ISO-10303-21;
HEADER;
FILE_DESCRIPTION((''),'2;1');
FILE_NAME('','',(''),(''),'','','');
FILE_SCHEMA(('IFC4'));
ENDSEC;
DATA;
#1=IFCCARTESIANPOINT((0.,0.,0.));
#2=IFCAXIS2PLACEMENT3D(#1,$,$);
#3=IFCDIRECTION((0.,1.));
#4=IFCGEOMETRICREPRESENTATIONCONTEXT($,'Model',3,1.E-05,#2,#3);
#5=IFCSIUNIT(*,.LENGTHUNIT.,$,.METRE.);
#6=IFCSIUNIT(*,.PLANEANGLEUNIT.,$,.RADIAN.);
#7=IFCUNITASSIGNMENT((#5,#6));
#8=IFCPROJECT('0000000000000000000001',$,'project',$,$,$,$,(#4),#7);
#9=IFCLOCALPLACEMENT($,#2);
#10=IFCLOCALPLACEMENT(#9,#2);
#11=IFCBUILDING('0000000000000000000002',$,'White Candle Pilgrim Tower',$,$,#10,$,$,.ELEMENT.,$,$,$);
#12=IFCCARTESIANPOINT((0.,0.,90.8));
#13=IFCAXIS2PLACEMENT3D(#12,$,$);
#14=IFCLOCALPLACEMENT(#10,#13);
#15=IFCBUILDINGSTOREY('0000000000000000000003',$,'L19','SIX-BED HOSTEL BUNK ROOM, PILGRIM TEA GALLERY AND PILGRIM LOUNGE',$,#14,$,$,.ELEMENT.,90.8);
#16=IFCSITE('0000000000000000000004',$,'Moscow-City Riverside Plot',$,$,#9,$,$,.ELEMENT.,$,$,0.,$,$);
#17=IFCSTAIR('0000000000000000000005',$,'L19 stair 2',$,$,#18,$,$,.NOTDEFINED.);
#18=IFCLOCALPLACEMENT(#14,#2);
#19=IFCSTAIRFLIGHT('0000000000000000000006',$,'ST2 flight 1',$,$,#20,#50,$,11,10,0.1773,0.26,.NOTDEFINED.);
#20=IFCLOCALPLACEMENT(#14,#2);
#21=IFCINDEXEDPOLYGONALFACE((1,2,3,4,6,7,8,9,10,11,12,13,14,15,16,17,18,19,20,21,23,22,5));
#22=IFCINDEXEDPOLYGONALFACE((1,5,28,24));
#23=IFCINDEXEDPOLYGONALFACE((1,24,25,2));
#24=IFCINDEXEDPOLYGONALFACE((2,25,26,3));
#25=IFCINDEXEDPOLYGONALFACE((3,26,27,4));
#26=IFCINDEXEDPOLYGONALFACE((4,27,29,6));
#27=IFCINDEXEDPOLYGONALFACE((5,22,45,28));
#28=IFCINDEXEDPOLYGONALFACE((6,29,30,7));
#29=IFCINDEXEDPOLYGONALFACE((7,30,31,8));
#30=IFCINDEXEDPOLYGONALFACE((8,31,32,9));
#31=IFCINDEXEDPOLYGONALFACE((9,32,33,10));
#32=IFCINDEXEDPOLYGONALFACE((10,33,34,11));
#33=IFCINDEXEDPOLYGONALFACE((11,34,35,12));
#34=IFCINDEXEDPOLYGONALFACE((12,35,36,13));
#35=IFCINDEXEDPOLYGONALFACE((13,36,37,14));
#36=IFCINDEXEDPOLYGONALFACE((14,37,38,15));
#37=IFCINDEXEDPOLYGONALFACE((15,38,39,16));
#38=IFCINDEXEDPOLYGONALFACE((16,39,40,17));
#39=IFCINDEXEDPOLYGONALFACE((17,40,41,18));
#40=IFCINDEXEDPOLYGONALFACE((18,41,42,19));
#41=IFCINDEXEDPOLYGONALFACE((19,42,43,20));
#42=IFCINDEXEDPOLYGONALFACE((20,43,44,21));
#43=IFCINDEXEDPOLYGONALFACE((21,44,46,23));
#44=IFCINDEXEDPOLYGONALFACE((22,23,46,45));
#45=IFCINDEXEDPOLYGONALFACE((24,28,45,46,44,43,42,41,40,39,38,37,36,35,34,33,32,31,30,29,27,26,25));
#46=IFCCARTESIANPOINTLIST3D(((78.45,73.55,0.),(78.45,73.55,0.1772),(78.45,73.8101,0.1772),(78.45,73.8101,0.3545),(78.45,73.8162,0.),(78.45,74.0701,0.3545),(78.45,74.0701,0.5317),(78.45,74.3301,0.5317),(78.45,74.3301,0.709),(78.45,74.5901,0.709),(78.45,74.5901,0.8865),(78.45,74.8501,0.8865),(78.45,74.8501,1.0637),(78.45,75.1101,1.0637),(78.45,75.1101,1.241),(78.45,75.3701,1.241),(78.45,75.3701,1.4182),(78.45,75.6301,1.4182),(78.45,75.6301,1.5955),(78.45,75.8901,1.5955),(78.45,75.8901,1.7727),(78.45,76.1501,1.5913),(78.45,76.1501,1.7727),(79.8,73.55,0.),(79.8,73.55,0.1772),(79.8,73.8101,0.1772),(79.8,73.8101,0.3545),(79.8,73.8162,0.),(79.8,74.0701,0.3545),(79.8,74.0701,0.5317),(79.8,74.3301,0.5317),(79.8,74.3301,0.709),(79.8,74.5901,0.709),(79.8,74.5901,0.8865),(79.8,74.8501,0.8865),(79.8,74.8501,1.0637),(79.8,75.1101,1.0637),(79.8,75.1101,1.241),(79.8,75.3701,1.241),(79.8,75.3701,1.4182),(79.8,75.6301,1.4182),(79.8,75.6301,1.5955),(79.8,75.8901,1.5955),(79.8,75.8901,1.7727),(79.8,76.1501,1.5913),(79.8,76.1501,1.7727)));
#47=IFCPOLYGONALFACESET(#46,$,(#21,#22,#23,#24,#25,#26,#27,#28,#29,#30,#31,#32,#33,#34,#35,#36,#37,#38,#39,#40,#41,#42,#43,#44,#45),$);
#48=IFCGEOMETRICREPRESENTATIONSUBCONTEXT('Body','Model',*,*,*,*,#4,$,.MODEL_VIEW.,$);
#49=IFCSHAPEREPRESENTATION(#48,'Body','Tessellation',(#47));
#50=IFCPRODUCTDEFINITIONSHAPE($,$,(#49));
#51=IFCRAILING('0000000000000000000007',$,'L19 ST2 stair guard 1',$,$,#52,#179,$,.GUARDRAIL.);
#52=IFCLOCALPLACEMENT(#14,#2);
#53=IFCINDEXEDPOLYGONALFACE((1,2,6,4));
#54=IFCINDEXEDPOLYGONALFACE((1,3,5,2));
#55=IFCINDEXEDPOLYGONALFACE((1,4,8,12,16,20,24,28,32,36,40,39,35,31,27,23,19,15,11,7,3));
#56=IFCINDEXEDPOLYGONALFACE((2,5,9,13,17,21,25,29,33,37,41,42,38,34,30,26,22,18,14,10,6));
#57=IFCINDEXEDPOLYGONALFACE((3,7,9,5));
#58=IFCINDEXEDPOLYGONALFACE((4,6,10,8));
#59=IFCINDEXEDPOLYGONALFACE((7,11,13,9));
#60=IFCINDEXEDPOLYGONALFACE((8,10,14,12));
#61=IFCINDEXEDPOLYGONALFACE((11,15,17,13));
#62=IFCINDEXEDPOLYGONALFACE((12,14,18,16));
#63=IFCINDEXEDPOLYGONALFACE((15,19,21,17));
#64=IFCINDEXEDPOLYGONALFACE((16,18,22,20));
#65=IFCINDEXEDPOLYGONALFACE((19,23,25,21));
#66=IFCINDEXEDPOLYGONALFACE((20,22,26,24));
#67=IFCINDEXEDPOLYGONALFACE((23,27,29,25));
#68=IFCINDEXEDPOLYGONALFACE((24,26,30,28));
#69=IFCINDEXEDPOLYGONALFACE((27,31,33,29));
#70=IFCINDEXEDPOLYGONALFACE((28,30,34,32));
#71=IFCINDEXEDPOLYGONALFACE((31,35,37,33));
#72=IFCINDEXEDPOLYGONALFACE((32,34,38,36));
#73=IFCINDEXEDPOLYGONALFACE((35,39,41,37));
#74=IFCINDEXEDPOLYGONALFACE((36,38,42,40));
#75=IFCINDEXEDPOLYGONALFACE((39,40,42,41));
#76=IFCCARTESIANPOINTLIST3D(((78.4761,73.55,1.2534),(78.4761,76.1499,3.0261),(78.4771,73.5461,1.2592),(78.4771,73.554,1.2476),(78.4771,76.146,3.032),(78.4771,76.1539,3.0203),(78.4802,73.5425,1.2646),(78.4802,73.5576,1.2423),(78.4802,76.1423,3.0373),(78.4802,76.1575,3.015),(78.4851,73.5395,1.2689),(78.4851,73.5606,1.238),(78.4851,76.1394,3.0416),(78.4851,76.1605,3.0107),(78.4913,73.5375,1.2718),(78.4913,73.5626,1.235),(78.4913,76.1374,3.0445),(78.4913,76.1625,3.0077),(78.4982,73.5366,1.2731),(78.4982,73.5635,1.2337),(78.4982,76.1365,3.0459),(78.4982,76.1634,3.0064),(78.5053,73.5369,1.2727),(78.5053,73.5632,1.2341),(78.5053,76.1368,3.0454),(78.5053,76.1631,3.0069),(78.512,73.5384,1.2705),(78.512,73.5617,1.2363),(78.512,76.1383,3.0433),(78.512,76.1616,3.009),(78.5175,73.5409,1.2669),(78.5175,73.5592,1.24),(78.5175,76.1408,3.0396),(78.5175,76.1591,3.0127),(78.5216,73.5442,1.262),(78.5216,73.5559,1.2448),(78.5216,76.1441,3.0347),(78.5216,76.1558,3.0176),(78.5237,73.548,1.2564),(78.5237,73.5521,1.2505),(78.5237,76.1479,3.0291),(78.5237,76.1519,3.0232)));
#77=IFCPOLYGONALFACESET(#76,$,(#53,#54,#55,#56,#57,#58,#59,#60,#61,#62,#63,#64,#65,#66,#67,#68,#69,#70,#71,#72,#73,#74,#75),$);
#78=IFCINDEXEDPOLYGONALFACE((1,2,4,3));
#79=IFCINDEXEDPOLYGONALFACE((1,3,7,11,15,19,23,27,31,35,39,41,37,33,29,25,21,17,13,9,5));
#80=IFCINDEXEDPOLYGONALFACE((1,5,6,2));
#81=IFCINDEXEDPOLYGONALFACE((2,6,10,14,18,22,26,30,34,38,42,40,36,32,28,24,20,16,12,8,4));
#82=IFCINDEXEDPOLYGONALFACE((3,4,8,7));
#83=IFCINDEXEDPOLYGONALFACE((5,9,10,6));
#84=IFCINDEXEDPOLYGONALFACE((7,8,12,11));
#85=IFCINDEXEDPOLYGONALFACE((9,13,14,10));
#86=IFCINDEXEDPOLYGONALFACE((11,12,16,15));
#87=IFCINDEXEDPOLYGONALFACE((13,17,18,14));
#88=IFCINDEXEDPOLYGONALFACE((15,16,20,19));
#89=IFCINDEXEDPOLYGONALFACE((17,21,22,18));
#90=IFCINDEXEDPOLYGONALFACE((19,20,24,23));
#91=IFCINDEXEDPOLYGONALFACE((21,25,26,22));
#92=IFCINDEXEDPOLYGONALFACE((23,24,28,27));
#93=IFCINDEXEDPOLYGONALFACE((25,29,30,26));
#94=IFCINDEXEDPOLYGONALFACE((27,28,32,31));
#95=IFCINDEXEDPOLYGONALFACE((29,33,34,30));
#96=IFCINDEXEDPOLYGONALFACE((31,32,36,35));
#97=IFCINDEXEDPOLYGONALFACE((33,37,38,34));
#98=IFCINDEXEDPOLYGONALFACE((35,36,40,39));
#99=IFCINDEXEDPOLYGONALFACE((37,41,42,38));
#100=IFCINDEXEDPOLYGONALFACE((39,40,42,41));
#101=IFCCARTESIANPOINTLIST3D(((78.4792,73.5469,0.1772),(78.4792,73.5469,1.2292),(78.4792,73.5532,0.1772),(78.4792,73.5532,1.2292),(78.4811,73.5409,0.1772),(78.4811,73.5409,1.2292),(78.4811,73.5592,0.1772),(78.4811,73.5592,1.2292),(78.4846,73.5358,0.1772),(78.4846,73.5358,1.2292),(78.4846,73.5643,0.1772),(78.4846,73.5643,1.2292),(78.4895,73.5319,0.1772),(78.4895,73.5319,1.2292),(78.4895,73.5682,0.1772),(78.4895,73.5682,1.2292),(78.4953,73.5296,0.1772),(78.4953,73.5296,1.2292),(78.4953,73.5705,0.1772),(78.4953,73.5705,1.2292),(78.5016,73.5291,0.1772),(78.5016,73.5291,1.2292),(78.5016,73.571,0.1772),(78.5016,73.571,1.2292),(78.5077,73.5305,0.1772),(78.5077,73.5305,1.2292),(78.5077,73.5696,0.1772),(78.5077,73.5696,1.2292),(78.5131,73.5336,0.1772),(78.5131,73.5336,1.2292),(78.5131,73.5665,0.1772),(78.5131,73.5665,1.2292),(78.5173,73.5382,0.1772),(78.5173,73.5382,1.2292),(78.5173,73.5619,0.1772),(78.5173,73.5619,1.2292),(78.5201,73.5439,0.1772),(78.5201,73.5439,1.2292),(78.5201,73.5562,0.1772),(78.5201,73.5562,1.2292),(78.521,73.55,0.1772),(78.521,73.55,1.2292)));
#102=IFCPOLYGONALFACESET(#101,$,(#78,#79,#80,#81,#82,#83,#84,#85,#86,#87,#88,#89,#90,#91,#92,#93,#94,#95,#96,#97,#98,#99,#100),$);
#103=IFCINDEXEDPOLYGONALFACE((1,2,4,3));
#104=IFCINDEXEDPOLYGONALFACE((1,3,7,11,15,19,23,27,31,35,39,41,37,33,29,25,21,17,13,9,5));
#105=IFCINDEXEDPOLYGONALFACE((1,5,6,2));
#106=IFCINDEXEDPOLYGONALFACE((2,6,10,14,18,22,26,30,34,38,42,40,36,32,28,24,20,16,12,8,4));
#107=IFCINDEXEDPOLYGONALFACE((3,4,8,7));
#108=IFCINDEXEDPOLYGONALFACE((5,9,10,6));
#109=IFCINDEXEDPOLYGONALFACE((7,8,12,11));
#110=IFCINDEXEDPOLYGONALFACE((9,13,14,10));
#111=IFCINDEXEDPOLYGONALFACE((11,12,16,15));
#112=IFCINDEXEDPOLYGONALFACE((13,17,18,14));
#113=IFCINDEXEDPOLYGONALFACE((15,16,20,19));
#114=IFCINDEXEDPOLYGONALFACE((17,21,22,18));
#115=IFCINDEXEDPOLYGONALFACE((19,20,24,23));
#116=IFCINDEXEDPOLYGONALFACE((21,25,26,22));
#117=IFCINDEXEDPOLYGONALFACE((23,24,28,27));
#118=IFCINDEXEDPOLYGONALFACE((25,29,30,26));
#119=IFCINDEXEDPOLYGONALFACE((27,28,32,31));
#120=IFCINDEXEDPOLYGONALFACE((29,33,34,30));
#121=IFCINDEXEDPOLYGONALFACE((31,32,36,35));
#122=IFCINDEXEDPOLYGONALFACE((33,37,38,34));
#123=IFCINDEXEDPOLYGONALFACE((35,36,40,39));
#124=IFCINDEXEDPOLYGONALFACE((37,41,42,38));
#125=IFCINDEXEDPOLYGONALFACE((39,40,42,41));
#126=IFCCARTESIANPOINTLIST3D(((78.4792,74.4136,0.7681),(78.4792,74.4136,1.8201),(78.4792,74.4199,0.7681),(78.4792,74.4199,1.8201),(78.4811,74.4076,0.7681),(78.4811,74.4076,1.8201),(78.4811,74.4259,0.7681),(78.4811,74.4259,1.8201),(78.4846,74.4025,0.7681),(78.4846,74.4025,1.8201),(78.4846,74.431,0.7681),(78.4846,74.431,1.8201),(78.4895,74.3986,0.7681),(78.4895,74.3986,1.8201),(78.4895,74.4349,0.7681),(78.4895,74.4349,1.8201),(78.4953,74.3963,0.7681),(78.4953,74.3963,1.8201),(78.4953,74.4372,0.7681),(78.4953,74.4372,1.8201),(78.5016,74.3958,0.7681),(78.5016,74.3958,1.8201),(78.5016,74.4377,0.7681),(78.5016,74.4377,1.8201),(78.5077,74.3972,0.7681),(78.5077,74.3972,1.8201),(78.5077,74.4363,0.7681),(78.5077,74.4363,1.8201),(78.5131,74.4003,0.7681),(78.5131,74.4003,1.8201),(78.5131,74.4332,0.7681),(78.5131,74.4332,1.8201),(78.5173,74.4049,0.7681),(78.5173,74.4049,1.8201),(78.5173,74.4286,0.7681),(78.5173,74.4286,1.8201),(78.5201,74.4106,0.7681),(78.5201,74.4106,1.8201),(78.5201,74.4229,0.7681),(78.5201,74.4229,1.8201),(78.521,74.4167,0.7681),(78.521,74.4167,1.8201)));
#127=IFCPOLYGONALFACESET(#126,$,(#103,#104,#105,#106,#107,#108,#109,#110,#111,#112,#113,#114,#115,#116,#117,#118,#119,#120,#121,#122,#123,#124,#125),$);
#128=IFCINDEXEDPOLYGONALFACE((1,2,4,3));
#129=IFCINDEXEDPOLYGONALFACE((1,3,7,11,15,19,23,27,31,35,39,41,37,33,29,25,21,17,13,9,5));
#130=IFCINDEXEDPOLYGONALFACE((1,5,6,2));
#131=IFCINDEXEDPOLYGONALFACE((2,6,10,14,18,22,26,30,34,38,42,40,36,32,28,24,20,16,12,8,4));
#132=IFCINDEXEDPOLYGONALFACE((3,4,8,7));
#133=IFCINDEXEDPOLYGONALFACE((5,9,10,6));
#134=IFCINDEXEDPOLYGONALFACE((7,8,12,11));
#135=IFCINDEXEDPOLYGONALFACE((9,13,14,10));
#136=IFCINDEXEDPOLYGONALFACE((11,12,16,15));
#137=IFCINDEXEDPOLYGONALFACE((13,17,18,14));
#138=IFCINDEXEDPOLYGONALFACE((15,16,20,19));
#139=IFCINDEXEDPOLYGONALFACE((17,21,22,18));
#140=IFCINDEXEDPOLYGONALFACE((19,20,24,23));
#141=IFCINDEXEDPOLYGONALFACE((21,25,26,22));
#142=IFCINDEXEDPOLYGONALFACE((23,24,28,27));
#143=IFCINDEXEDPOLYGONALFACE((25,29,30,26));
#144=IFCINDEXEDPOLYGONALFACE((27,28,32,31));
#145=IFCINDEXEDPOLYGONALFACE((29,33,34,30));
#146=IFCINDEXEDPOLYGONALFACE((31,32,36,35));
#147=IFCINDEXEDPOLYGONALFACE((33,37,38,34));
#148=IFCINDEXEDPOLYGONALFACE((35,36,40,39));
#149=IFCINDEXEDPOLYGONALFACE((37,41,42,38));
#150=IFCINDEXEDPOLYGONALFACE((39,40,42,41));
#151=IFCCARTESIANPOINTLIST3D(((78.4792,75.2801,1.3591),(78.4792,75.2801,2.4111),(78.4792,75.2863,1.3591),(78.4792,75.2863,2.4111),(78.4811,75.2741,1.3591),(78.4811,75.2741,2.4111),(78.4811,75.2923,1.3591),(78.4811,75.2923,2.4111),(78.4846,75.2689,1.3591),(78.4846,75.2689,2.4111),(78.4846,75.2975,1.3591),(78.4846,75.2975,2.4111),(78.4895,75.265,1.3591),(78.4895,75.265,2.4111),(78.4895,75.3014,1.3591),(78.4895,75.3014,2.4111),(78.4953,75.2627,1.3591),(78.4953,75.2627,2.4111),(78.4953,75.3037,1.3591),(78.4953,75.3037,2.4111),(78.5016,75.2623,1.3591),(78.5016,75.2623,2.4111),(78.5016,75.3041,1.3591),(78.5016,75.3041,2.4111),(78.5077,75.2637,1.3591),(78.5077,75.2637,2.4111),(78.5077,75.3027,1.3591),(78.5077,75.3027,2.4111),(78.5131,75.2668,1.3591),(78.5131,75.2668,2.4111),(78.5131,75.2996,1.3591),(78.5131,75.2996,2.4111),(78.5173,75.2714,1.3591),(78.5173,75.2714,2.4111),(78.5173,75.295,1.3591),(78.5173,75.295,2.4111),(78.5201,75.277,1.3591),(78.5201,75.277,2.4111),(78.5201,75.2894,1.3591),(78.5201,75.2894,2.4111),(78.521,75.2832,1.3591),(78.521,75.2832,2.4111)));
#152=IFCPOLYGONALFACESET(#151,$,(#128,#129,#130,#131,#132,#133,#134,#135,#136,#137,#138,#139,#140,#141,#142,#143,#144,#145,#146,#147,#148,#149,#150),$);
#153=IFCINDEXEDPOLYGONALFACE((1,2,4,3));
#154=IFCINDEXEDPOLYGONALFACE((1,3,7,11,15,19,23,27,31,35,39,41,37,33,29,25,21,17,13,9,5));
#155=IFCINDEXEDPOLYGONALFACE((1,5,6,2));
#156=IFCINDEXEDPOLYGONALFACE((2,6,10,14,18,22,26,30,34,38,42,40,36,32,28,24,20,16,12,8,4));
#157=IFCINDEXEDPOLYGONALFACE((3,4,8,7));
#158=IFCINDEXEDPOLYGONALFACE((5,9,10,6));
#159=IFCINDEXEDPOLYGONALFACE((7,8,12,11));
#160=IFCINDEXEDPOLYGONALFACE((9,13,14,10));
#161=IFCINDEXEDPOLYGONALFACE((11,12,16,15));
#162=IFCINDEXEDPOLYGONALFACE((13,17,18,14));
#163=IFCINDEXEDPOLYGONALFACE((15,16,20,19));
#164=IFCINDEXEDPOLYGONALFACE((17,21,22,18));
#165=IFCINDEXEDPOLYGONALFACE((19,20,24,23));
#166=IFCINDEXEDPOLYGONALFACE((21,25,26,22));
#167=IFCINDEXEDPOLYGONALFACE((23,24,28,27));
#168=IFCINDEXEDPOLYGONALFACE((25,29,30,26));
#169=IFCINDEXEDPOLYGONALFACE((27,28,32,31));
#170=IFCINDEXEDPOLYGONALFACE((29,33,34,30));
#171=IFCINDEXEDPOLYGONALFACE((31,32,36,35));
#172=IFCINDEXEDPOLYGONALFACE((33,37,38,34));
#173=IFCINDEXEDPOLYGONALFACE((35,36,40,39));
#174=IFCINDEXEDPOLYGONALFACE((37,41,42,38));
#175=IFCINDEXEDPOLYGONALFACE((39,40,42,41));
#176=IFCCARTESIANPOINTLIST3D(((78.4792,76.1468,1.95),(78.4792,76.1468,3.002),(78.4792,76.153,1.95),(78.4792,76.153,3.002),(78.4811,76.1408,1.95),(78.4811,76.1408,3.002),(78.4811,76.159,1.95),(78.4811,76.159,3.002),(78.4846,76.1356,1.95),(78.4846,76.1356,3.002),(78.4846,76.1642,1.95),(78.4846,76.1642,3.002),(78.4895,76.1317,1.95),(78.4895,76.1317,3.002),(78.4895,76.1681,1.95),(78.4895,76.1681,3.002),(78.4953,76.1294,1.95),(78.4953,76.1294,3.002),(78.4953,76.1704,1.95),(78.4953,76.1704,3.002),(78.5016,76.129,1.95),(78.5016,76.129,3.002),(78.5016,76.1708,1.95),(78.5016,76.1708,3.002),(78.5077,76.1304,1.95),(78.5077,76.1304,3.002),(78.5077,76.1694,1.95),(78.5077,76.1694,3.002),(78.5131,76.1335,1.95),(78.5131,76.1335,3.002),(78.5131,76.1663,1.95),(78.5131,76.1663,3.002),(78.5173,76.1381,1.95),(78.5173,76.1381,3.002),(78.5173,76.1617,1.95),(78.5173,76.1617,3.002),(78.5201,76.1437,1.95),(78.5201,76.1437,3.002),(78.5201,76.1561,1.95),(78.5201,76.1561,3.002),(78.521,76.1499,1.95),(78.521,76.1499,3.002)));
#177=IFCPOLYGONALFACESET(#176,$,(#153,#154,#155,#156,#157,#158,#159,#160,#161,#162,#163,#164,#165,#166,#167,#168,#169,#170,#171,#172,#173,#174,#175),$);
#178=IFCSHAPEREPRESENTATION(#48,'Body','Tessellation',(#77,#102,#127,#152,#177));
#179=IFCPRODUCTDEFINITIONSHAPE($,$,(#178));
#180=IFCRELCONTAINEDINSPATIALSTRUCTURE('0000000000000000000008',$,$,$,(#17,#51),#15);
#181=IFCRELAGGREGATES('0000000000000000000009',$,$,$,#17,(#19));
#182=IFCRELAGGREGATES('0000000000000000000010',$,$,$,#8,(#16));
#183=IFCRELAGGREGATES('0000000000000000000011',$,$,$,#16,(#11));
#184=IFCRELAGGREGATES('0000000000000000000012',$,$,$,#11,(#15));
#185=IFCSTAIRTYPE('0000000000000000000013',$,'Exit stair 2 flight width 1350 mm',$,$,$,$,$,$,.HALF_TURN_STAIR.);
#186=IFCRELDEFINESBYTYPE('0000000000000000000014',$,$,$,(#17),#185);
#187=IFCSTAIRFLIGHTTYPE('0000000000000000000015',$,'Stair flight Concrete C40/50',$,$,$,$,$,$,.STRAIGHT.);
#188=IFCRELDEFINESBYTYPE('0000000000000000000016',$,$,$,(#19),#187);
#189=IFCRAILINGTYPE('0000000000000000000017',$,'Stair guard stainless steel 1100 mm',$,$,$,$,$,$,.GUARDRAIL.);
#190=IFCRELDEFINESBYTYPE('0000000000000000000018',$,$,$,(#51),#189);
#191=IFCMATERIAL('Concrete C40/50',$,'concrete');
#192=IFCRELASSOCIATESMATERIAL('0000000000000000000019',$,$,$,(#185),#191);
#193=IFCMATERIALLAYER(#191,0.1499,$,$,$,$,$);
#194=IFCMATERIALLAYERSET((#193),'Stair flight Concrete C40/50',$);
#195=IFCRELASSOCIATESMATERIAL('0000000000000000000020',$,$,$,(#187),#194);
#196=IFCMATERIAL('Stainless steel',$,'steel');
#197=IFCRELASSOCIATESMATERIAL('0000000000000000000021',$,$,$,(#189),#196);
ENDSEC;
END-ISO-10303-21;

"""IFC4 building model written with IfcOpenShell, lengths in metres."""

from ifc_helpers import new_model, si_unit, direction, frame, origin, origin_2d, place, context, subcontext, project, spatial, polyline, circle, outline, extrude, material, layer, layer_set, type_object, element, aggregate, save


model = new_model("IFC4")

# Units and contexts
model_context = context("Model", 3, precision=1e-05, world=origin(), true_north=direction((0.0, 1.0)))
body_context = subcontext(model_context, "Body", "Model", "MODEL_VIEW")
ifc_project = project(units=[si_unit("LENGTHUNIT", "METRE"), si_unit("PLANEANGLEUNIT", "RADIAN")], contexts=[model_context])

# Site, building, storey
site_placement = place(None, origin())
site = spatial("IfcSite", under=ifc_project, at=site_placement, Name="Moscow-City Riverside Plot", CompositionType="ELEMENT", RefElevation=0.0)
building_placement = place(site_placement, origin())
building = spatial("IfcBuilding", under=site, at=building_placement, Name="White Candle Pilgrim Tower", CompositionType="ELEMENT")
storey_placement = place(building_placement, frame((0.0, 0.0, 90.8)))
storey = spatial("IfcBuildingStorey", under=building, at=storey_placement, Name="L19", Description="SIX-BED HOSTEL BUNK ROOM, PILGRIM TEA GALLERY AND PILGRIM LOUNGE", CompositionType="ELEMENT", Elevation=90.8)

# Stair, stair flight
ifc_material_1 = material(Name="Concrete C40/50", Category="concrete")
stair_type = type_object("IfcStairType", Name="Exit stair 2 flight width 1350 mm", PredefinedType="HALF_TURN_STAIR", material=ifc_material_1)
stair_placement = place(storey_placement, origin())
stair = element("IfcStair", 1, at=stair_placement, inside=storey, type_object=stair_type, Name="L19 stair 2", PredefinedType="NOTDEFINED")
ifc_layer_1 = layer(ifc_material_1, 0.1499)
ifc_layer_set_1 = layer_set([ifc_layer_1], Name="Stair flight Concrete C40/50")
stair_flight_type = type_object("IfcStairFlightType", Name="Stair flight Concrete C40/50", PredefinedType="STRAIGHT", material=ifc_layer_set_1)
stair_flight_placement = place(storey_placement, frame((79.125, 73.55, 0.0), z_axis=(0.0, 0.0, 1.0), x_axis=(0.0, 1.0, 0.0)))
stair_flight = element("IfcStairFlight", 2, at=stair_flight_placement, type_object=stair_flight_type, Name="ST2 flight 1", NumberOfRisers=11, NumberOfTreads=10, PredefinedType="NOTDEFINED", RiserHeight=0.1773, TreadLength=0.26, context=body_context, shape_type="SweptSolid", body=[
    extrude(outline(polyline([(0.0, 0.0), (0.0, 0.1772), (0.26, 0.1772), (0.26, 0.3545), (0.52, 0.3545), (0.52, 0.5317), (0.78, 0.5317), (0.78, 0.709), (1.04, 0.709), (1.04, 0.8865), (1.3, 0.8865), (1.3, 1.0637), (1.5601, 1.0637), (1.5601, 1.241), (1.8201, 1.241), (1.8201, 1.4182), (2.0801, 1.4182), (2.0801, 1.5955), (2.3401, 1.5955), (2.3401, 1.7727), (2.6001, 1.7727), (2.6001, 1.95), (2.6001, 1.5913), (0.2661, 0.0), (0.0, 0.0)])), frame((0.0, 0.675, 0.0), z_axis=(0.0, -1.0, 0.0), x_axis=(1.0, 0.0, 0.0)), (0.0, 0.0, 1.0), 1.3501),
])
aggregate(stair, [stair_flight])

# Railing
ifc_material_2 = material(Name="Stainless steel", Category="steel")
railing_type_1 = type_object("IfcRailingType", Name="Stair guard stainless steel 1100 mm", PredefinedType="GUARDRAIL", material=ifc_material_2)
railing_1_placement = place(storey_placement, frame((78.5, 73.55, 0.1772)))
element("IfcRailing", 3, at=railing_1_placement, inside=storey, type_object=railing_type_1, Name="L19 ST2 stair guard 1", PredefinedType="GUARDRAIL", context=body_context, shape_type="SweptSolid", body=[
    extrude(circle(Radius=0.0239, at=origin_2d()), frame((0.0, 0.0, 1.0762), z_axis=(0.0, 0.826216, 0.563354), x_axis=(-1.0, 0.0, 0.0)), (0.0, 0.0, 1.0), 3.1467),
    extrude(circle(Radius=0.021, at=origin_2d()), origin(), (0.0, 0.0, 1.0), 1.052),
    extrude(circle(Radius=0.021, at=origin_2d()), frame((0.0, 0.8667, 0.5908)), (0.0, 0.0, 1.0), 1.052),
    extrude(circle(Radius=0.021, at=origin_2d()), frame((0.0, 1.7332, 1.1819)), (0.0, 0.0, 1.0), 1.052),
    extrude(circle(Radius=0.021, at=origin_2d()), frame((0.0, 2.5999, 1.7727)), (0.0, 0.0, 1.0), 1.052),
])

save(model, "model.ifc")
